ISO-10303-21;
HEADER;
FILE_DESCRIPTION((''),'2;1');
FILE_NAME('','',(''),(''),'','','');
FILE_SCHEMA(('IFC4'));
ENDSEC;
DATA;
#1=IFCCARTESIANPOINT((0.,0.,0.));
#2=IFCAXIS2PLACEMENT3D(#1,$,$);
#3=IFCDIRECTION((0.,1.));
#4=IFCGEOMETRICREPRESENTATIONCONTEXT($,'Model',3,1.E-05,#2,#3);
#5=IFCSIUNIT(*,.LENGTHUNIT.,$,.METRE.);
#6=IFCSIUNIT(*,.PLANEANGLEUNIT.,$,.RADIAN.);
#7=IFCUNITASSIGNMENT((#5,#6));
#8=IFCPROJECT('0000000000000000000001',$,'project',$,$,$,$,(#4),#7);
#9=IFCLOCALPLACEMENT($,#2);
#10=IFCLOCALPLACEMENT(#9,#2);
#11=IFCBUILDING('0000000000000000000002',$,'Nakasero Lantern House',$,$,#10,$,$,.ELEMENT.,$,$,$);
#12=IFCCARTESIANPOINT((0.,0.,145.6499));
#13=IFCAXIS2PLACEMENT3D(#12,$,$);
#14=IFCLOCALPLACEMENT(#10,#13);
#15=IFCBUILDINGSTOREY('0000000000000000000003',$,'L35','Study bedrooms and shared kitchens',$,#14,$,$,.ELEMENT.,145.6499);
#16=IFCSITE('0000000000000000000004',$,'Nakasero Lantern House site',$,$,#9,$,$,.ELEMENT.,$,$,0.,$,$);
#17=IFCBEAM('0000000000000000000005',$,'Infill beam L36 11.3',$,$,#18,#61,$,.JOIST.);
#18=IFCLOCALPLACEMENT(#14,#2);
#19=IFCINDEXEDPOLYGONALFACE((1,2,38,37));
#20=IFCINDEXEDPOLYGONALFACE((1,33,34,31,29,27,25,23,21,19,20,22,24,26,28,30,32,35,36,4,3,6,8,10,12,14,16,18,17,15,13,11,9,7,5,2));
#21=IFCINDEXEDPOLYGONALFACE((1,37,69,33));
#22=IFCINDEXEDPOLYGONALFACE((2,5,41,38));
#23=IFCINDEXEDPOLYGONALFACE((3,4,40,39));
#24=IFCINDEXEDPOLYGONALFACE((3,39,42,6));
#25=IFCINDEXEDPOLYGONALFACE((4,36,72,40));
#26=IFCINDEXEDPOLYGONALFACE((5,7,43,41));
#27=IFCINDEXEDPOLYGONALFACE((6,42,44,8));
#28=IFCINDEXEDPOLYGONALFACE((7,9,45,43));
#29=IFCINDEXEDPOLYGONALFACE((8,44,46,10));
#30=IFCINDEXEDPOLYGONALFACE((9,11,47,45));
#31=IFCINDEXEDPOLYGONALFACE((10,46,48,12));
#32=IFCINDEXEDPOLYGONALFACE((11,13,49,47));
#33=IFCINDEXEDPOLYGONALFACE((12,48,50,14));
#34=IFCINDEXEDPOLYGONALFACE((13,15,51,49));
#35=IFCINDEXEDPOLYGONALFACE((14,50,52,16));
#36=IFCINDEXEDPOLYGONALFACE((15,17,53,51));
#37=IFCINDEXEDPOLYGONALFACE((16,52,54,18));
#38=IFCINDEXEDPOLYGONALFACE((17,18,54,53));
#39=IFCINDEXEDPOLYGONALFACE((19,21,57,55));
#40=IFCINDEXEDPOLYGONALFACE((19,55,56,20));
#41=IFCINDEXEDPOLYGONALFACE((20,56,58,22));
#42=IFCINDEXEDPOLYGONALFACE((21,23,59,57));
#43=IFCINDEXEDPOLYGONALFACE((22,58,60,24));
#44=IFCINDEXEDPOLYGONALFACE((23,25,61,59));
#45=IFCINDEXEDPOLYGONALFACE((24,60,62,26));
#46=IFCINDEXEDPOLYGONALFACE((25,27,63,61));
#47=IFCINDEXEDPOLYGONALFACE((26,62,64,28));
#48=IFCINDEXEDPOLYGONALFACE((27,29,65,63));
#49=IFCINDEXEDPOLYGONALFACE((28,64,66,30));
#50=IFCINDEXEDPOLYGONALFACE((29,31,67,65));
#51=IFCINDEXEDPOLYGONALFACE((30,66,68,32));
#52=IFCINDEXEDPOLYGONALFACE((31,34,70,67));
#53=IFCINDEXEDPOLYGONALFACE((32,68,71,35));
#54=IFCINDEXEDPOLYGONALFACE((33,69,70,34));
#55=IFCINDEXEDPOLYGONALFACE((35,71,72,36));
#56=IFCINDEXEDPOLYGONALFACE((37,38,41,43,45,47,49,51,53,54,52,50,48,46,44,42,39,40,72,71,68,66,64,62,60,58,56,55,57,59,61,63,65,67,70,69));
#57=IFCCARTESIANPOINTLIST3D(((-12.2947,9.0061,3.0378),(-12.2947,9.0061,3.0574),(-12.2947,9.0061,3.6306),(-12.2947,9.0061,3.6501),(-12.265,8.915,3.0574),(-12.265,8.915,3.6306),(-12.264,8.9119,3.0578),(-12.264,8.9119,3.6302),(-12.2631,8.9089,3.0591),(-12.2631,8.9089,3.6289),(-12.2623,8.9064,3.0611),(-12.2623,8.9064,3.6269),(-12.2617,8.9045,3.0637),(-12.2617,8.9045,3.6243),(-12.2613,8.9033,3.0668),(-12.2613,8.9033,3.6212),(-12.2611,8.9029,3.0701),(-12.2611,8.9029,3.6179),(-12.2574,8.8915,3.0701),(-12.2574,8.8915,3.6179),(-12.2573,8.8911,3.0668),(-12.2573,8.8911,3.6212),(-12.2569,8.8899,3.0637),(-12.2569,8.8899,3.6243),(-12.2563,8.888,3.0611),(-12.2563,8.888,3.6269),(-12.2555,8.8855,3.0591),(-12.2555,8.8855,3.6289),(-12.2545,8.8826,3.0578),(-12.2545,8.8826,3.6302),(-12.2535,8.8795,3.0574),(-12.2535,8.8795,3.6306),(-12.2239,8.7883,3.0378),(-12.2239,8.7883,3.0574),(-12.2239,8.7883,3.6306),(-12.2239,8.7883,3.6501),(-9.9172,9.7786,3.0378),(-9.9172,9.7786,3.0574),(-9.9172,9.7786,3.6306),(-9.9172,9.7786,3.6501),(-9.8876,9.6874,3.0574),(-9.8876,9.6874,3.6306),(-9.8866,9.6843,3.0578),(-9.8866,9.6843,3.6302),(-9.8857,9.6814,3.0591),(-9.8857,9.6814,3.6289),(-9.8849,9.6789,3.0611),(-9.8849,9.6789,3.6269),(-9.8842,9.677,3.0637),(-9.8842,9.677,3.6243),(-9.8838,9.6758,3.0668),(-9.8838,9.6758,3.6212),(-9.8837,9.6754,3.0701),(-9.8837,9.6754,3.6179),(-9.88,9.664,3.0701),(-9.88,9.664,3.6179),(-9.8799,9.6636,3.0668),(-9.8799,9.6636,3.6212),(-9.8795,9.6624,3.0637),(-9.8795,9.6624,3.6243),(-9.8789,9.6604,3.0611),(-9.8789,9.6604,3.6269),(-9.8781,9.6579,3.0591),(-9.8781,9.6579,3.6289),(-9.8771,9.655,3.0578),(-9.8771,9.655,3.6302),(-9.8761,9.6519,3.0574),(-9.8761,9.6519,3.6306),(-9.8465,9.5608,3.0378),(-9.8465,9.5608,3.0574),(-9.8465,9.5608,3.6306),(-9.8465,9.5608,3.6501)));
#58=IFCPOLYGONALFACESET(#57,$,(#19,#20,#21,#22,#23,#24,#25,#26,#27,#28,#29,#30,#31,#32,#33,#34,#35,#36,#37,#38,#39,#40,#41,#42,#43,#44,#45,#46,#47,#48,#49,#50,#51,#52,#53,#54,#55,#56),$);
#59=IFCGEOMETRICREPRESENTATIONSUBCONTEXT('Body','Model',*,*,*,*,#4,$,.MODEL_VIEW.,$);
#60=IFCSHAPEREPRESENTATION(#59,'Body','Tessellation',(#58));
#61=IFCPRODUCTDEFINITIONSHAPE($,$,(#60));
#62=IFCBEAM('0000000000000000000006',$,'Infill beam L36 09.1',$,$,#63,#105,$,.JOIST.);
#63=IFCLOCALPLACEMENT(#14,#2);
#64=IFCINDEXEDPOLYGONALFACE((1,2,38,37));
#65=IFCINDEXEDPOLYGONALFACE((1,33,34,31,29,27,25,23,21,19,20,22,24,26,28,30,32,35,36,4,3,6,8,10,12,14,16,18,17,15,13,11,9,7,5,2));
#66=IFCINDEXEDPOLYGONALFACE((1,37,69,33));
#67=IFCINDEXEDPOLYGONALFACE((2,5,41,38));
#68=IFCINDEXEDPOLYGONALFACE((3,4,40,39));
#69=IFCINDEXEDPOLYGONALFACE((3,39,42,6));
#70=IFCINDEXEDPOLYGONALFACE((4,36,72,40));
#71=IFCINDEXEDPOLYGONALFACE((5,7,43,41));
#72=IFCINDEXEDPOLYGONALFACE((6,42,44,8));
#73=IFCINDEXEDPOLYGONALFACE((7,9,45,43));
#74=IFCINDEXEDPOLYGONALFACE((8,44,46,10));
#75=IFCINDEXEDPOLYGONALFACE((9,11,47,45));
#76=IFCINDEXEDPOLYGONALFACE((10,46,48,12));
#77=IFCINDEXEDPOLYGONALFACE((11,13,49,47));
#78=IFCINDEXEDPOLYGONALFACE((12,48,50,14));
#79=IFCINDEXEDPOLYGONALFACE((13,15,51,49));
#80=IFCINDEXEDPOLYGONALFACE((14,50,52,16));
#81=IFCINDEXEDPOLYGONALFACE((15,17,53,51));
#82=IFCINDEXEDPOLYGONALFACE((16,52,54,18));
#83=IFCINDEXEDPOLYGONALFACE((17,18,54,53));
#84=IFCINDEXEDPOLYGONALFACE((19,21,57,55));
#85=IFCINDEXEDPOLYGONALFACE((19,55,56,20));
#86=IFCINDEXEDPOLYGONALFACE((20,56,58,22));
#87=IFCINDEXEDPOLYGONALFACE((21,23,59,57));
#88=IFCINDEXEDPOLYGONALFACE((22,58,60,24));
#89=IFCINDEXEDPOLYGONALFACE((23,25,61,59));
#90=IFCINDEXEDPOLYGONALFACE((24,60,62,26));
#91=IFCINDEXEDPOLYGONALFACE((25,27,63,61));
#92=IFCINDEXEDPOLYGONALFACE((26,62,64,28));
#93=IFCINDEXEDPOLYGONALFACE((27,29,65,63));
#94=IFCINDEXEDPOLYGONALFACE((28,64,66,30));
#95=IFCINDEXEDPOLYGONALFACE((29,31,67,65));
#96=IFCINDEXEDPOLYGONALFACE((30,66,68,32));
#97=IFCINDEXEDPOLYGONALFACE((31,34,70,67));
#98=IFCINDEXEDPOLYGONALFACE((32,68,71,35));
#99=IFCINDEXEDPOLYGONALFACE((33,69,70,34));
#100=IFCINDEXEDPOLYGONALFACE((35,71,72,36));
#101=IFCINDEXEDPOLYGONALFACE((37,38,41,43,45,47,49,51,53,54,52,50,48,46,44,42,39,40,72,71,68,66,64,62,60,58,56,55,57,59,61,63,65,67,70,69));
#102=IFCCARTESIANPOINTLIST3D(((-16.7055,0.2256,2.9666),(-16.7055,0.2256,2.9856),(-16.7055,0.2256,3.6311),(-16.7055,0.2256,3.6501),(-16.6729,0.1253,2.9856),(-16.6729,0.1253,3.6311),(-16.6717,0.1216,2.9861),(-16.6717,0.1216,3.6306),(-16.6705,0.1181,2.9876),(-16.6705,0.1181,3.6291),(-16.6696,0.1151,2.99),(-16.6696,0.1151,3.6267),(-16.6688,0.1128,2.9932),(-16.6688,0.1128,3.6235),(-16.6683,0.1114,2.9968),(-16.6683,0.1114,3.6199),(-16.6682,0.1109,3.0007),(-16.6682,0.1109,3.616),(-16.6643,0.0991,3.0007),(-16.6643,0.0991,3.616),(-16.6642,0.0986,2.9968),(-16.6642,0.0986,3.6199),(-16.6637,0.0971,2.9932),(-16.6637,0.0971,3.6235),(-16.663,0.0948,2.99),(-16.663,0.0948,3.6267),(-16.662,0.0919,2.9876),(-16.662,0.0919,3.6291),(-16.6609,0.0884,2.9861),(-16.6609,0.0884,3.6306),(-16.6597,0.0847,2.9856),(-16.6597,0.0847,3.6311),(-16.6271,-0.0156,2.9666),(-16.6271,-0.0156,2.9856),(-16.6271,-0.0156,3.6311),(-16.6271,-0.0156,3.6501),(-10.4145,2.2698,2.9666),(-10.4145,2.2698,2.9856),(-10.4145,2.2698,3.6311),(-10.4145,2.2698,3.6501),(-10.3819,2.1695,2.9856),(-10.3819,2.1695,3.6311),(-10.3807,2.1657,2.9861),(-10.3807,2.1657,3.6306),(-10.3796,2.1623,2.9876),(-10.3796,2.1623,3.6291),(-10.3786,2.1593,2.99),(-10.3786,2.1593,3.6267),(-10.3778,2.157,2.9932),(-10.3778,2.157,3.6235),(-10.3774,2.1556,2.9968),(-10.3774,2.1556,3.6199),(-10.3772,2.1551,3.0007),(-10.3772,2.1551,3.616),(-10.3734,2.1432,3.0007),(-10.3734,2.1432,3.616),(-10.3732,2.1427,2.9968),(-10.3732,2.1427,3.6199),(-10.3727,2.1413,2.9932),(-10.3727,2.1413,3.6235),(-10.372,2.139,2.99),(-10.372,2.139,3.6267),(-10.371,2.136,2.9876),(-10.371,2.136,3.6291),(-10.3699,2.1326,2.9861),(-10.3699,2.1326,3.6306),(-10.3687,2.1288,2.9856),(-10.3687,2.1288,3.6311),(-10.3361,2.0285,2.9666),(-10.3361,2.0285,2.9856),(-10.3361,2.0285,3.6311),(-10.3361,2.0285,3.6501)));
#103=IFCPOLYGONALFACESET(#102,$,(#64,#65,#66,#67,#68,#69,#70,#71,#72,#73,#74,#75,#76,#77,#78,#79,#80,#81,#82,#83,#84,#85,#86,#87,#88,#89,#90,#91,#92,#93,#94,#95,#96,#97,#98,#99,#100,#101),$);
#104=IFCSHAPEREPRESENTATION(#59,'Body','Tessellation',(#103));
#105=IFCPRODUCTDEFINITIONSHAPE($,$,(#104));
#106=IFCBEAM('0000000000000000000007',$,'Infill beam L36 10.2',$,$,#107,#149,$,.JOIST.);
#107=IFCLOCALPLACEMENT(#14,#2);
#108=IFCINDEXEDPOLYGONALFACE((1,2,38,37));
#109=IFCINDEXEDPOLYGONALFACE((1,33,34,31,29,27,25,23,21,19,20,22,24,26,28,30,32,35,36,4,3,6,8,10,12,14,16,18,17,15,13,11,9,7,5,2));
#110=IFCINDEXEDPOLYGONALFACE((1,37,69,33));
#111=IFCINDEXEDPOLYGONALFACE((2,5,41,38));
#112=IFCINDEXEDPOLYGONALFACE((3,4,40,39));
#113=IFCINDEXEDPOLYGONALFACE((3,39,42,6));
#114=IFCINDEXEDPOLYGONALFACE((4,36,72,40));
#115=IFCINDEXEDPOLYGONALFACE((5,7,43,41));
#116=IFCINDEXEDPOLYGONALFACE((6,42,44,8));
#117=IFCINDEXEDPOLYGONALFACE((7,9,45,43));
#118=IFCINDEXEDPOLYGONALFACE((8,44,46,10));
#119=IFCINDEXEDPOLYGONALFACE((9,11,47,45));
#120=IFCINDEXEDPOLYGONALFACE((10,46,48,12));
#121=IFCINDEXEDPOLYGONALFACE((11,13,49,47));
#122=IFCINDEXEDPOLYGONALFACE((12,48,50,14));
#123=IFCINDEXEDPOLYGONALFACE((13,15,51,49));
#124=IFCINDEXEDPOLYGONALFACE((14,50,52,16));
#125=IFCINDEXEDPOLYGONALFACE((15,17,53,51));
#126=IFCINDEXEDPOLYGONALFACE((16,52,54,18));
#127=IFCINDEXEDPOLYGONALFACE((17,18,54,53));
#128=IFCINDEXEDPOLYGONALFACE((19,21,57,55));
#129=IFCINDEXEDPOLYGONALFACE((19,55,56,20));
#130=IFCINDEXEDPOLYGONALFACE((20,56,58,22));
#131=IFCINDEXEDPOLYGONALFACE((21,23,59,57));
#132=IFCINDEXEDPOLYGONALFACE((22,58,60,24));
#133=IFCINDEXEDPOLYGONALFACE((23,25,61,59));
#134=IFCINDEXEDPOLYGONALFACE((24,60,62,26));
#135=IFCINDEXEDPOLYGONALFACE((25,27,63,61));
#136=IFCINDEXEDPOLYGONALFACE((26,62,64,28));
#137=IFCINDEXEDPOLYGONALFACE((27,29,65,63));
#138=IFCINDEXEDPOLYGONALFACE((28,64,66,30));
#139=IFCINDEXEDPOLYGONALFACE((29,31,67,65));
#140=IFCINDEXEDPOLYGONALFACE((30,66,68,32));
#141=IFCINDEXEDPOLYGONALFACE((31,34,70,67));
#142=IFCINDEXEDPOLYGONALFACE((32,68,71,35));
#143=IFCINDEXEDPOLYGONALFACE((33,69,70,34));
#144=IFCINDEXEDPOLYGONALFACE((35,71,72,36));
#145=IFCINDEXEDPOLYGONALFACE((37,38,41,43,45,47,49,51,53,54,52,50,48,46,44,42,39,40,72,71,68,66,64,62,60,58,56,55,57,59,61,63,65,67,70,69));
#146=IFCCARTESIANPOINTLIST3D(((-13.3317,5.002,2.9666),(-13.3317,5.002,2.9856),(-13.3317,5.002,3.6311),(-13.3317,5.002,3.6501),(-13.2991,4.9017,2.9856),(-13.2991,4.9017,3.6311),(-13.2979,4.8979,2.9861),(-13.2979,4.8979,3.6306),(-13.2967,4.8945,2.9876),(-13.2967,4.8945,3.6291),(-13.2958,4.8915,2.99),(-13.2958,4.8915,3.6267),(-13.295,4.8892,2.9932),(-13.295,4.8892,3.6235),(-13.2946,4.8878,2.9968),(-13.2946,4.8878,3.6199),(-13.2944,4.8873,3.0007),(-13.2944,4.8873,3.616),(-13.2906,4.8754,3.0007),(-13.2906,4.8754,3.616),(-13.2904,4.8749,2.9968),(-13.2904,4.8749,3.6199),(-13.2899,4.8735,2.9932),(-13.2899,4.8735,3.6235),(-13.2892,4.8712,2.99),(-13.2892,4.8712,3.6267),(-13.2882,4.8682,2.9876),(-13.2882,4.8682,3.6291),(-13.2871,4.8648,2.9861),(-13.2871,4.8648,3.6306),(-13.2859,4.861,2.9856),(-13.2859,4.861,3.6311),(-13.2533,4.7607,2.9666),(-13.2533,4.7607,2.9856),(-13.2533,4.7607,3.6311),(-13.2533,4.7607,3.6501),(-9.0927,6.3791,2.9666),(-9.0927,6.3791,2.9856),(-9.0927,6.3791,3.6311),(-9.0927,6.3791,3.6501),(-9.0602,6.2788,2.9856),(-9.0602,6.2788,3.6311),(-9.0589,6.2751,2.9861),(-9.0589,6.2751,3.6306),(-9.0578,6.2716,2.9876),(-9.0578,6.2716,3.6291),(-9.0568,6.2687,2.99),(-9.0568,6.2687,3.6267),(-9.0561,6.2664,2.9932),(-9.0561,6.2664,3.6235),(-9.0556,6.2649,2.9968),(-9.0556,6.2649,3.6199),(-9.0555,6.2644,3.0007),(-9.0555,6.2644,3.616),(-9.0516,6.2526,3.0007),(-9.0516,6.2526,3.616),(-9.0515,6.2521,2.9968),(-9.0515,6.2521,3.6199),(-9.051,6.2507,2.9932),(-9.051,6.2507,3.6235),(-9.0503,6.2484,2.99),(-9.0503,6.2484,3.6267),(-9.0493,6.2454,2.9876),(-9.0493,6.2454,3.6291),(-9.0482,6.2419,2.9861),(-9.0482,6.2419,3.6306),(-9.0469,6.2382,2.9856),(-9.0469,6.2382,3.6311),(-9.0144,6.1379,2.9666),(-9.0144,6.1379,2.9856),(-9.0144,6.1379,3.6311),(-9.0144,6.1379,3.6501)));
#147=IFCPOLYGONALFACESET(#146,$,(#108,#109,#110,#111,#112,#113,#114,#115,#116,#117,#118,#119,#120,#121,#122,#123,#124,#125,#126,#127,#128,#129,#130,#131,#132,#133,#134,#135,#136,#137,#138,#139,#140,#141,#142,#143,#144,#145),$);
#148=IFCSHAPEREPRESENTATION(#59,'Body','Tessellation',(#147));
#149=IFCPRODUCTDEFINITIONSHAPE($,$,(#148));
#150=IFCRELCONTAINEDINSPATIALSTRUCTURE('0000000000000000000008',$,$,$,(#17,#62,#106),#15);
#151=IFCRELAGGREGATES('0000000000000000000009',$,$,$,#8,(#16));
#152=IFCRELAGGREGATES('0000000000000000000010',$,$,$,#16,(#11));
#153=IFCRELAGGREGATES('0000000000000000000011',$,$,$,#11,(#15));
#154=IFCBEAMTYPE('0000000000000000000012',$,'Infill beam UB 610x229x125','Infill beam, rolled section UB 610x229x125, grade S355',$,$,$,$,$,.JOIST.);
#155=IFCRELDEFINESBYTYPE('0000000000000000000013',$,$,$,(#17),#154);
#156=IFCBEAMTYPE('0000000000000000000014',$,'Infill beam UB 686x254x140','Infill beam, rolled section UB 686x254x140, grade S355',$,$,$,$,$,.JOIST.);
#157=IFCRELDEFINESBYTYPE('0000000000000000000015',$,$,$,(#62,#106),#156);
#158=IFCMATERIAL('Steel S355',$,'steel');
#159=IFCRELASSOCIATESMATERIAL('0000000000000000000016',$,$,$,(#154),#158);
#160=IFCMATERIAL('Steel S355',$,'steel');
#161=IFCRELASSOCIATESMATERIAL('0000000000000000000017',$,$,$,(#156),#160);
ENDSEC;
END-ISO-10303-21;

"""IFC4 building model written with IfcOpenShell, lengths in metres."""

from ifc_helpers import new_model, si_unit, direction, frame, origin, origin_2d, place, context, subcontext, project, spatial, i_section, extrude, material, material_profile, profile_set, type_object, element, save


model = new_model("IFC4")

# Units and contexts
model_context = context("Model", 3, precision=1e-05, world=origin(), true_north=direction((0.0, 1.0)))
body_context = subcontext(model_context, "Body", "Model", "MODEL_VIEW")
ifc_project = project(units=[si_unit("LENGTHUNIT", "METRE"), si_unit("PLANEANGLEUNIT", "RADIAN")], contexts=[model_context])

# Site, building, storey
site_placement = place(None, origin())
site = spatial("IfcSite", under=ifc_project, at=site_placement, Name="Nakasero Lantern House site", CompositionType="ELEMENT", RefElevation=0.0)
building_placement = place(site_placement, origin())
building = spatial("IfcBuilding", under=site, at=building_placement, Name="Nakasero Lantern House", CompositionType="ELEMENT")
storey_placement = place(building_placement, frame((0.0, 0.0, 145.6499)))
storey = spatial("IfcBuildingStorey", under=building, at=storey_placement, Name="L35", Description="Study bedrooms and shared kitchens", CompositionType="ELEMENT", Elevation=145.6499)

# Beams
ifc_material_1 = material(Name="Steel S355", Category="steel")
ifc_material_profile_1 = material_profile(ifc_material_1, i_section(OverallWidth=0.229, OverallDepth=0.6123, WebThickness=0.012, FlangeThickness=0.0195, FilletRadius=0.0127, at=origin_2d()), Name="UB 610x229x125")
ifc_profile_set_1 = profile_set([ifc_material_profile_1], Name="Steel S355")
beam_type_1 = type_object("IfcBeamType", Name="Infill beam UB 610x229x125", Description="Infill beam, rolled section UB 610x229x125, grade S355", PredefinedType="JOIST", material=ifc_profile_set_1)
beam_1_placement = place(storey_placement, frame((-12.2593, 8.8972, 3.344), z_axis=(0.951058, 0.309011, 0.0), x_axis=(-0.309011, 0.951058, 0.0)))
element("IfcBeam", 1, at=beam_1_placement, inside=storey, type_object=beam_type_1, Name="Infill beam L36 11.3", PredefinedType="JOIST", context=body_context, shape_type="SweptSolid", body=[
    extrude(i_section(OverallWidth=0.229, OverallDepth=0.6123, WebThickness=0.012, FlangeThickness=0.0195, FilletRadius=0.0127, at=origin_2d()), origin(), (0.0, 0.0, 1.0), 2.4998),
])
ifc_material_2 = material(Name="Steel S355", Category="steel")
ifc_material_profile_2 = material_profile(ifc_material_2, i_section(OverallWidth=0.2537, OverallDepth=0.6836, WebThickness=0.0125, FlangeThickness=0.019, FilletRadius=0.0151, at=origin_2d()), Name="UB 686x254x140")
ifc_profile_set_2 = profile_set([ifc_material_profile_2], Name="Steel S355")
beam_type_2 = type_object("IfcBeamType", Name="Infill beam UB 686x254x140", Description="Infill beam, rolled section UB 686x254x140, grade S355", PredefinedType="JOIST", material=ifc_profile_set_2)
beam_2_placement = place(storey_placement, frame((-16.6663, 0.105, 3.3083), z_axis=(0.951051, 0.309033, 0.0), x_axis=(-0.309033, 0.951051, 0.0)))
element("IfcBeam", 2, at=beam_2_placement, inside=storey, type_object=beam_type_2, Name="Infill beam L36 09.1", PredefinedType="JOIST", context=body_context, shape_type="SweptSolid", body=[
    extrude(i_section(OverallWidth=0.2537, OverallDepth=0.6836, WebThickness=0.0125, FlangeThickness=0.019, FilletRadius=0.0151, at=origin_2d()), origin(), (0.0, 0.0, 1.0), 6.6147),
])
beam_3_placement = place(storey_placement, frame((-13.2925, 4.8813, 3.3083), z_axis=(0.951066, 0.308988, 0.0), x_axis=(-0.308988, 0.951066, 0.0)))
element("IfcBeam", 3, at=beam_3_placement, inside=storey, type_object=beam_type_2, Name="Infill beam L36 10.2", PredefinedType="JOIST", context=body_context, shape_type="SweptSolid", body=[
    extrude(i_section(OverallWidth=0.2537, OverallDepth=0.6836, WebThickness=0.0125, FlangeThickness=0.019, FilletRadius=0.0151, at=origin_2d()), origin(), (0.0, 0.0, 1.0), 4.457),
])

save(model, "model.ifc")
